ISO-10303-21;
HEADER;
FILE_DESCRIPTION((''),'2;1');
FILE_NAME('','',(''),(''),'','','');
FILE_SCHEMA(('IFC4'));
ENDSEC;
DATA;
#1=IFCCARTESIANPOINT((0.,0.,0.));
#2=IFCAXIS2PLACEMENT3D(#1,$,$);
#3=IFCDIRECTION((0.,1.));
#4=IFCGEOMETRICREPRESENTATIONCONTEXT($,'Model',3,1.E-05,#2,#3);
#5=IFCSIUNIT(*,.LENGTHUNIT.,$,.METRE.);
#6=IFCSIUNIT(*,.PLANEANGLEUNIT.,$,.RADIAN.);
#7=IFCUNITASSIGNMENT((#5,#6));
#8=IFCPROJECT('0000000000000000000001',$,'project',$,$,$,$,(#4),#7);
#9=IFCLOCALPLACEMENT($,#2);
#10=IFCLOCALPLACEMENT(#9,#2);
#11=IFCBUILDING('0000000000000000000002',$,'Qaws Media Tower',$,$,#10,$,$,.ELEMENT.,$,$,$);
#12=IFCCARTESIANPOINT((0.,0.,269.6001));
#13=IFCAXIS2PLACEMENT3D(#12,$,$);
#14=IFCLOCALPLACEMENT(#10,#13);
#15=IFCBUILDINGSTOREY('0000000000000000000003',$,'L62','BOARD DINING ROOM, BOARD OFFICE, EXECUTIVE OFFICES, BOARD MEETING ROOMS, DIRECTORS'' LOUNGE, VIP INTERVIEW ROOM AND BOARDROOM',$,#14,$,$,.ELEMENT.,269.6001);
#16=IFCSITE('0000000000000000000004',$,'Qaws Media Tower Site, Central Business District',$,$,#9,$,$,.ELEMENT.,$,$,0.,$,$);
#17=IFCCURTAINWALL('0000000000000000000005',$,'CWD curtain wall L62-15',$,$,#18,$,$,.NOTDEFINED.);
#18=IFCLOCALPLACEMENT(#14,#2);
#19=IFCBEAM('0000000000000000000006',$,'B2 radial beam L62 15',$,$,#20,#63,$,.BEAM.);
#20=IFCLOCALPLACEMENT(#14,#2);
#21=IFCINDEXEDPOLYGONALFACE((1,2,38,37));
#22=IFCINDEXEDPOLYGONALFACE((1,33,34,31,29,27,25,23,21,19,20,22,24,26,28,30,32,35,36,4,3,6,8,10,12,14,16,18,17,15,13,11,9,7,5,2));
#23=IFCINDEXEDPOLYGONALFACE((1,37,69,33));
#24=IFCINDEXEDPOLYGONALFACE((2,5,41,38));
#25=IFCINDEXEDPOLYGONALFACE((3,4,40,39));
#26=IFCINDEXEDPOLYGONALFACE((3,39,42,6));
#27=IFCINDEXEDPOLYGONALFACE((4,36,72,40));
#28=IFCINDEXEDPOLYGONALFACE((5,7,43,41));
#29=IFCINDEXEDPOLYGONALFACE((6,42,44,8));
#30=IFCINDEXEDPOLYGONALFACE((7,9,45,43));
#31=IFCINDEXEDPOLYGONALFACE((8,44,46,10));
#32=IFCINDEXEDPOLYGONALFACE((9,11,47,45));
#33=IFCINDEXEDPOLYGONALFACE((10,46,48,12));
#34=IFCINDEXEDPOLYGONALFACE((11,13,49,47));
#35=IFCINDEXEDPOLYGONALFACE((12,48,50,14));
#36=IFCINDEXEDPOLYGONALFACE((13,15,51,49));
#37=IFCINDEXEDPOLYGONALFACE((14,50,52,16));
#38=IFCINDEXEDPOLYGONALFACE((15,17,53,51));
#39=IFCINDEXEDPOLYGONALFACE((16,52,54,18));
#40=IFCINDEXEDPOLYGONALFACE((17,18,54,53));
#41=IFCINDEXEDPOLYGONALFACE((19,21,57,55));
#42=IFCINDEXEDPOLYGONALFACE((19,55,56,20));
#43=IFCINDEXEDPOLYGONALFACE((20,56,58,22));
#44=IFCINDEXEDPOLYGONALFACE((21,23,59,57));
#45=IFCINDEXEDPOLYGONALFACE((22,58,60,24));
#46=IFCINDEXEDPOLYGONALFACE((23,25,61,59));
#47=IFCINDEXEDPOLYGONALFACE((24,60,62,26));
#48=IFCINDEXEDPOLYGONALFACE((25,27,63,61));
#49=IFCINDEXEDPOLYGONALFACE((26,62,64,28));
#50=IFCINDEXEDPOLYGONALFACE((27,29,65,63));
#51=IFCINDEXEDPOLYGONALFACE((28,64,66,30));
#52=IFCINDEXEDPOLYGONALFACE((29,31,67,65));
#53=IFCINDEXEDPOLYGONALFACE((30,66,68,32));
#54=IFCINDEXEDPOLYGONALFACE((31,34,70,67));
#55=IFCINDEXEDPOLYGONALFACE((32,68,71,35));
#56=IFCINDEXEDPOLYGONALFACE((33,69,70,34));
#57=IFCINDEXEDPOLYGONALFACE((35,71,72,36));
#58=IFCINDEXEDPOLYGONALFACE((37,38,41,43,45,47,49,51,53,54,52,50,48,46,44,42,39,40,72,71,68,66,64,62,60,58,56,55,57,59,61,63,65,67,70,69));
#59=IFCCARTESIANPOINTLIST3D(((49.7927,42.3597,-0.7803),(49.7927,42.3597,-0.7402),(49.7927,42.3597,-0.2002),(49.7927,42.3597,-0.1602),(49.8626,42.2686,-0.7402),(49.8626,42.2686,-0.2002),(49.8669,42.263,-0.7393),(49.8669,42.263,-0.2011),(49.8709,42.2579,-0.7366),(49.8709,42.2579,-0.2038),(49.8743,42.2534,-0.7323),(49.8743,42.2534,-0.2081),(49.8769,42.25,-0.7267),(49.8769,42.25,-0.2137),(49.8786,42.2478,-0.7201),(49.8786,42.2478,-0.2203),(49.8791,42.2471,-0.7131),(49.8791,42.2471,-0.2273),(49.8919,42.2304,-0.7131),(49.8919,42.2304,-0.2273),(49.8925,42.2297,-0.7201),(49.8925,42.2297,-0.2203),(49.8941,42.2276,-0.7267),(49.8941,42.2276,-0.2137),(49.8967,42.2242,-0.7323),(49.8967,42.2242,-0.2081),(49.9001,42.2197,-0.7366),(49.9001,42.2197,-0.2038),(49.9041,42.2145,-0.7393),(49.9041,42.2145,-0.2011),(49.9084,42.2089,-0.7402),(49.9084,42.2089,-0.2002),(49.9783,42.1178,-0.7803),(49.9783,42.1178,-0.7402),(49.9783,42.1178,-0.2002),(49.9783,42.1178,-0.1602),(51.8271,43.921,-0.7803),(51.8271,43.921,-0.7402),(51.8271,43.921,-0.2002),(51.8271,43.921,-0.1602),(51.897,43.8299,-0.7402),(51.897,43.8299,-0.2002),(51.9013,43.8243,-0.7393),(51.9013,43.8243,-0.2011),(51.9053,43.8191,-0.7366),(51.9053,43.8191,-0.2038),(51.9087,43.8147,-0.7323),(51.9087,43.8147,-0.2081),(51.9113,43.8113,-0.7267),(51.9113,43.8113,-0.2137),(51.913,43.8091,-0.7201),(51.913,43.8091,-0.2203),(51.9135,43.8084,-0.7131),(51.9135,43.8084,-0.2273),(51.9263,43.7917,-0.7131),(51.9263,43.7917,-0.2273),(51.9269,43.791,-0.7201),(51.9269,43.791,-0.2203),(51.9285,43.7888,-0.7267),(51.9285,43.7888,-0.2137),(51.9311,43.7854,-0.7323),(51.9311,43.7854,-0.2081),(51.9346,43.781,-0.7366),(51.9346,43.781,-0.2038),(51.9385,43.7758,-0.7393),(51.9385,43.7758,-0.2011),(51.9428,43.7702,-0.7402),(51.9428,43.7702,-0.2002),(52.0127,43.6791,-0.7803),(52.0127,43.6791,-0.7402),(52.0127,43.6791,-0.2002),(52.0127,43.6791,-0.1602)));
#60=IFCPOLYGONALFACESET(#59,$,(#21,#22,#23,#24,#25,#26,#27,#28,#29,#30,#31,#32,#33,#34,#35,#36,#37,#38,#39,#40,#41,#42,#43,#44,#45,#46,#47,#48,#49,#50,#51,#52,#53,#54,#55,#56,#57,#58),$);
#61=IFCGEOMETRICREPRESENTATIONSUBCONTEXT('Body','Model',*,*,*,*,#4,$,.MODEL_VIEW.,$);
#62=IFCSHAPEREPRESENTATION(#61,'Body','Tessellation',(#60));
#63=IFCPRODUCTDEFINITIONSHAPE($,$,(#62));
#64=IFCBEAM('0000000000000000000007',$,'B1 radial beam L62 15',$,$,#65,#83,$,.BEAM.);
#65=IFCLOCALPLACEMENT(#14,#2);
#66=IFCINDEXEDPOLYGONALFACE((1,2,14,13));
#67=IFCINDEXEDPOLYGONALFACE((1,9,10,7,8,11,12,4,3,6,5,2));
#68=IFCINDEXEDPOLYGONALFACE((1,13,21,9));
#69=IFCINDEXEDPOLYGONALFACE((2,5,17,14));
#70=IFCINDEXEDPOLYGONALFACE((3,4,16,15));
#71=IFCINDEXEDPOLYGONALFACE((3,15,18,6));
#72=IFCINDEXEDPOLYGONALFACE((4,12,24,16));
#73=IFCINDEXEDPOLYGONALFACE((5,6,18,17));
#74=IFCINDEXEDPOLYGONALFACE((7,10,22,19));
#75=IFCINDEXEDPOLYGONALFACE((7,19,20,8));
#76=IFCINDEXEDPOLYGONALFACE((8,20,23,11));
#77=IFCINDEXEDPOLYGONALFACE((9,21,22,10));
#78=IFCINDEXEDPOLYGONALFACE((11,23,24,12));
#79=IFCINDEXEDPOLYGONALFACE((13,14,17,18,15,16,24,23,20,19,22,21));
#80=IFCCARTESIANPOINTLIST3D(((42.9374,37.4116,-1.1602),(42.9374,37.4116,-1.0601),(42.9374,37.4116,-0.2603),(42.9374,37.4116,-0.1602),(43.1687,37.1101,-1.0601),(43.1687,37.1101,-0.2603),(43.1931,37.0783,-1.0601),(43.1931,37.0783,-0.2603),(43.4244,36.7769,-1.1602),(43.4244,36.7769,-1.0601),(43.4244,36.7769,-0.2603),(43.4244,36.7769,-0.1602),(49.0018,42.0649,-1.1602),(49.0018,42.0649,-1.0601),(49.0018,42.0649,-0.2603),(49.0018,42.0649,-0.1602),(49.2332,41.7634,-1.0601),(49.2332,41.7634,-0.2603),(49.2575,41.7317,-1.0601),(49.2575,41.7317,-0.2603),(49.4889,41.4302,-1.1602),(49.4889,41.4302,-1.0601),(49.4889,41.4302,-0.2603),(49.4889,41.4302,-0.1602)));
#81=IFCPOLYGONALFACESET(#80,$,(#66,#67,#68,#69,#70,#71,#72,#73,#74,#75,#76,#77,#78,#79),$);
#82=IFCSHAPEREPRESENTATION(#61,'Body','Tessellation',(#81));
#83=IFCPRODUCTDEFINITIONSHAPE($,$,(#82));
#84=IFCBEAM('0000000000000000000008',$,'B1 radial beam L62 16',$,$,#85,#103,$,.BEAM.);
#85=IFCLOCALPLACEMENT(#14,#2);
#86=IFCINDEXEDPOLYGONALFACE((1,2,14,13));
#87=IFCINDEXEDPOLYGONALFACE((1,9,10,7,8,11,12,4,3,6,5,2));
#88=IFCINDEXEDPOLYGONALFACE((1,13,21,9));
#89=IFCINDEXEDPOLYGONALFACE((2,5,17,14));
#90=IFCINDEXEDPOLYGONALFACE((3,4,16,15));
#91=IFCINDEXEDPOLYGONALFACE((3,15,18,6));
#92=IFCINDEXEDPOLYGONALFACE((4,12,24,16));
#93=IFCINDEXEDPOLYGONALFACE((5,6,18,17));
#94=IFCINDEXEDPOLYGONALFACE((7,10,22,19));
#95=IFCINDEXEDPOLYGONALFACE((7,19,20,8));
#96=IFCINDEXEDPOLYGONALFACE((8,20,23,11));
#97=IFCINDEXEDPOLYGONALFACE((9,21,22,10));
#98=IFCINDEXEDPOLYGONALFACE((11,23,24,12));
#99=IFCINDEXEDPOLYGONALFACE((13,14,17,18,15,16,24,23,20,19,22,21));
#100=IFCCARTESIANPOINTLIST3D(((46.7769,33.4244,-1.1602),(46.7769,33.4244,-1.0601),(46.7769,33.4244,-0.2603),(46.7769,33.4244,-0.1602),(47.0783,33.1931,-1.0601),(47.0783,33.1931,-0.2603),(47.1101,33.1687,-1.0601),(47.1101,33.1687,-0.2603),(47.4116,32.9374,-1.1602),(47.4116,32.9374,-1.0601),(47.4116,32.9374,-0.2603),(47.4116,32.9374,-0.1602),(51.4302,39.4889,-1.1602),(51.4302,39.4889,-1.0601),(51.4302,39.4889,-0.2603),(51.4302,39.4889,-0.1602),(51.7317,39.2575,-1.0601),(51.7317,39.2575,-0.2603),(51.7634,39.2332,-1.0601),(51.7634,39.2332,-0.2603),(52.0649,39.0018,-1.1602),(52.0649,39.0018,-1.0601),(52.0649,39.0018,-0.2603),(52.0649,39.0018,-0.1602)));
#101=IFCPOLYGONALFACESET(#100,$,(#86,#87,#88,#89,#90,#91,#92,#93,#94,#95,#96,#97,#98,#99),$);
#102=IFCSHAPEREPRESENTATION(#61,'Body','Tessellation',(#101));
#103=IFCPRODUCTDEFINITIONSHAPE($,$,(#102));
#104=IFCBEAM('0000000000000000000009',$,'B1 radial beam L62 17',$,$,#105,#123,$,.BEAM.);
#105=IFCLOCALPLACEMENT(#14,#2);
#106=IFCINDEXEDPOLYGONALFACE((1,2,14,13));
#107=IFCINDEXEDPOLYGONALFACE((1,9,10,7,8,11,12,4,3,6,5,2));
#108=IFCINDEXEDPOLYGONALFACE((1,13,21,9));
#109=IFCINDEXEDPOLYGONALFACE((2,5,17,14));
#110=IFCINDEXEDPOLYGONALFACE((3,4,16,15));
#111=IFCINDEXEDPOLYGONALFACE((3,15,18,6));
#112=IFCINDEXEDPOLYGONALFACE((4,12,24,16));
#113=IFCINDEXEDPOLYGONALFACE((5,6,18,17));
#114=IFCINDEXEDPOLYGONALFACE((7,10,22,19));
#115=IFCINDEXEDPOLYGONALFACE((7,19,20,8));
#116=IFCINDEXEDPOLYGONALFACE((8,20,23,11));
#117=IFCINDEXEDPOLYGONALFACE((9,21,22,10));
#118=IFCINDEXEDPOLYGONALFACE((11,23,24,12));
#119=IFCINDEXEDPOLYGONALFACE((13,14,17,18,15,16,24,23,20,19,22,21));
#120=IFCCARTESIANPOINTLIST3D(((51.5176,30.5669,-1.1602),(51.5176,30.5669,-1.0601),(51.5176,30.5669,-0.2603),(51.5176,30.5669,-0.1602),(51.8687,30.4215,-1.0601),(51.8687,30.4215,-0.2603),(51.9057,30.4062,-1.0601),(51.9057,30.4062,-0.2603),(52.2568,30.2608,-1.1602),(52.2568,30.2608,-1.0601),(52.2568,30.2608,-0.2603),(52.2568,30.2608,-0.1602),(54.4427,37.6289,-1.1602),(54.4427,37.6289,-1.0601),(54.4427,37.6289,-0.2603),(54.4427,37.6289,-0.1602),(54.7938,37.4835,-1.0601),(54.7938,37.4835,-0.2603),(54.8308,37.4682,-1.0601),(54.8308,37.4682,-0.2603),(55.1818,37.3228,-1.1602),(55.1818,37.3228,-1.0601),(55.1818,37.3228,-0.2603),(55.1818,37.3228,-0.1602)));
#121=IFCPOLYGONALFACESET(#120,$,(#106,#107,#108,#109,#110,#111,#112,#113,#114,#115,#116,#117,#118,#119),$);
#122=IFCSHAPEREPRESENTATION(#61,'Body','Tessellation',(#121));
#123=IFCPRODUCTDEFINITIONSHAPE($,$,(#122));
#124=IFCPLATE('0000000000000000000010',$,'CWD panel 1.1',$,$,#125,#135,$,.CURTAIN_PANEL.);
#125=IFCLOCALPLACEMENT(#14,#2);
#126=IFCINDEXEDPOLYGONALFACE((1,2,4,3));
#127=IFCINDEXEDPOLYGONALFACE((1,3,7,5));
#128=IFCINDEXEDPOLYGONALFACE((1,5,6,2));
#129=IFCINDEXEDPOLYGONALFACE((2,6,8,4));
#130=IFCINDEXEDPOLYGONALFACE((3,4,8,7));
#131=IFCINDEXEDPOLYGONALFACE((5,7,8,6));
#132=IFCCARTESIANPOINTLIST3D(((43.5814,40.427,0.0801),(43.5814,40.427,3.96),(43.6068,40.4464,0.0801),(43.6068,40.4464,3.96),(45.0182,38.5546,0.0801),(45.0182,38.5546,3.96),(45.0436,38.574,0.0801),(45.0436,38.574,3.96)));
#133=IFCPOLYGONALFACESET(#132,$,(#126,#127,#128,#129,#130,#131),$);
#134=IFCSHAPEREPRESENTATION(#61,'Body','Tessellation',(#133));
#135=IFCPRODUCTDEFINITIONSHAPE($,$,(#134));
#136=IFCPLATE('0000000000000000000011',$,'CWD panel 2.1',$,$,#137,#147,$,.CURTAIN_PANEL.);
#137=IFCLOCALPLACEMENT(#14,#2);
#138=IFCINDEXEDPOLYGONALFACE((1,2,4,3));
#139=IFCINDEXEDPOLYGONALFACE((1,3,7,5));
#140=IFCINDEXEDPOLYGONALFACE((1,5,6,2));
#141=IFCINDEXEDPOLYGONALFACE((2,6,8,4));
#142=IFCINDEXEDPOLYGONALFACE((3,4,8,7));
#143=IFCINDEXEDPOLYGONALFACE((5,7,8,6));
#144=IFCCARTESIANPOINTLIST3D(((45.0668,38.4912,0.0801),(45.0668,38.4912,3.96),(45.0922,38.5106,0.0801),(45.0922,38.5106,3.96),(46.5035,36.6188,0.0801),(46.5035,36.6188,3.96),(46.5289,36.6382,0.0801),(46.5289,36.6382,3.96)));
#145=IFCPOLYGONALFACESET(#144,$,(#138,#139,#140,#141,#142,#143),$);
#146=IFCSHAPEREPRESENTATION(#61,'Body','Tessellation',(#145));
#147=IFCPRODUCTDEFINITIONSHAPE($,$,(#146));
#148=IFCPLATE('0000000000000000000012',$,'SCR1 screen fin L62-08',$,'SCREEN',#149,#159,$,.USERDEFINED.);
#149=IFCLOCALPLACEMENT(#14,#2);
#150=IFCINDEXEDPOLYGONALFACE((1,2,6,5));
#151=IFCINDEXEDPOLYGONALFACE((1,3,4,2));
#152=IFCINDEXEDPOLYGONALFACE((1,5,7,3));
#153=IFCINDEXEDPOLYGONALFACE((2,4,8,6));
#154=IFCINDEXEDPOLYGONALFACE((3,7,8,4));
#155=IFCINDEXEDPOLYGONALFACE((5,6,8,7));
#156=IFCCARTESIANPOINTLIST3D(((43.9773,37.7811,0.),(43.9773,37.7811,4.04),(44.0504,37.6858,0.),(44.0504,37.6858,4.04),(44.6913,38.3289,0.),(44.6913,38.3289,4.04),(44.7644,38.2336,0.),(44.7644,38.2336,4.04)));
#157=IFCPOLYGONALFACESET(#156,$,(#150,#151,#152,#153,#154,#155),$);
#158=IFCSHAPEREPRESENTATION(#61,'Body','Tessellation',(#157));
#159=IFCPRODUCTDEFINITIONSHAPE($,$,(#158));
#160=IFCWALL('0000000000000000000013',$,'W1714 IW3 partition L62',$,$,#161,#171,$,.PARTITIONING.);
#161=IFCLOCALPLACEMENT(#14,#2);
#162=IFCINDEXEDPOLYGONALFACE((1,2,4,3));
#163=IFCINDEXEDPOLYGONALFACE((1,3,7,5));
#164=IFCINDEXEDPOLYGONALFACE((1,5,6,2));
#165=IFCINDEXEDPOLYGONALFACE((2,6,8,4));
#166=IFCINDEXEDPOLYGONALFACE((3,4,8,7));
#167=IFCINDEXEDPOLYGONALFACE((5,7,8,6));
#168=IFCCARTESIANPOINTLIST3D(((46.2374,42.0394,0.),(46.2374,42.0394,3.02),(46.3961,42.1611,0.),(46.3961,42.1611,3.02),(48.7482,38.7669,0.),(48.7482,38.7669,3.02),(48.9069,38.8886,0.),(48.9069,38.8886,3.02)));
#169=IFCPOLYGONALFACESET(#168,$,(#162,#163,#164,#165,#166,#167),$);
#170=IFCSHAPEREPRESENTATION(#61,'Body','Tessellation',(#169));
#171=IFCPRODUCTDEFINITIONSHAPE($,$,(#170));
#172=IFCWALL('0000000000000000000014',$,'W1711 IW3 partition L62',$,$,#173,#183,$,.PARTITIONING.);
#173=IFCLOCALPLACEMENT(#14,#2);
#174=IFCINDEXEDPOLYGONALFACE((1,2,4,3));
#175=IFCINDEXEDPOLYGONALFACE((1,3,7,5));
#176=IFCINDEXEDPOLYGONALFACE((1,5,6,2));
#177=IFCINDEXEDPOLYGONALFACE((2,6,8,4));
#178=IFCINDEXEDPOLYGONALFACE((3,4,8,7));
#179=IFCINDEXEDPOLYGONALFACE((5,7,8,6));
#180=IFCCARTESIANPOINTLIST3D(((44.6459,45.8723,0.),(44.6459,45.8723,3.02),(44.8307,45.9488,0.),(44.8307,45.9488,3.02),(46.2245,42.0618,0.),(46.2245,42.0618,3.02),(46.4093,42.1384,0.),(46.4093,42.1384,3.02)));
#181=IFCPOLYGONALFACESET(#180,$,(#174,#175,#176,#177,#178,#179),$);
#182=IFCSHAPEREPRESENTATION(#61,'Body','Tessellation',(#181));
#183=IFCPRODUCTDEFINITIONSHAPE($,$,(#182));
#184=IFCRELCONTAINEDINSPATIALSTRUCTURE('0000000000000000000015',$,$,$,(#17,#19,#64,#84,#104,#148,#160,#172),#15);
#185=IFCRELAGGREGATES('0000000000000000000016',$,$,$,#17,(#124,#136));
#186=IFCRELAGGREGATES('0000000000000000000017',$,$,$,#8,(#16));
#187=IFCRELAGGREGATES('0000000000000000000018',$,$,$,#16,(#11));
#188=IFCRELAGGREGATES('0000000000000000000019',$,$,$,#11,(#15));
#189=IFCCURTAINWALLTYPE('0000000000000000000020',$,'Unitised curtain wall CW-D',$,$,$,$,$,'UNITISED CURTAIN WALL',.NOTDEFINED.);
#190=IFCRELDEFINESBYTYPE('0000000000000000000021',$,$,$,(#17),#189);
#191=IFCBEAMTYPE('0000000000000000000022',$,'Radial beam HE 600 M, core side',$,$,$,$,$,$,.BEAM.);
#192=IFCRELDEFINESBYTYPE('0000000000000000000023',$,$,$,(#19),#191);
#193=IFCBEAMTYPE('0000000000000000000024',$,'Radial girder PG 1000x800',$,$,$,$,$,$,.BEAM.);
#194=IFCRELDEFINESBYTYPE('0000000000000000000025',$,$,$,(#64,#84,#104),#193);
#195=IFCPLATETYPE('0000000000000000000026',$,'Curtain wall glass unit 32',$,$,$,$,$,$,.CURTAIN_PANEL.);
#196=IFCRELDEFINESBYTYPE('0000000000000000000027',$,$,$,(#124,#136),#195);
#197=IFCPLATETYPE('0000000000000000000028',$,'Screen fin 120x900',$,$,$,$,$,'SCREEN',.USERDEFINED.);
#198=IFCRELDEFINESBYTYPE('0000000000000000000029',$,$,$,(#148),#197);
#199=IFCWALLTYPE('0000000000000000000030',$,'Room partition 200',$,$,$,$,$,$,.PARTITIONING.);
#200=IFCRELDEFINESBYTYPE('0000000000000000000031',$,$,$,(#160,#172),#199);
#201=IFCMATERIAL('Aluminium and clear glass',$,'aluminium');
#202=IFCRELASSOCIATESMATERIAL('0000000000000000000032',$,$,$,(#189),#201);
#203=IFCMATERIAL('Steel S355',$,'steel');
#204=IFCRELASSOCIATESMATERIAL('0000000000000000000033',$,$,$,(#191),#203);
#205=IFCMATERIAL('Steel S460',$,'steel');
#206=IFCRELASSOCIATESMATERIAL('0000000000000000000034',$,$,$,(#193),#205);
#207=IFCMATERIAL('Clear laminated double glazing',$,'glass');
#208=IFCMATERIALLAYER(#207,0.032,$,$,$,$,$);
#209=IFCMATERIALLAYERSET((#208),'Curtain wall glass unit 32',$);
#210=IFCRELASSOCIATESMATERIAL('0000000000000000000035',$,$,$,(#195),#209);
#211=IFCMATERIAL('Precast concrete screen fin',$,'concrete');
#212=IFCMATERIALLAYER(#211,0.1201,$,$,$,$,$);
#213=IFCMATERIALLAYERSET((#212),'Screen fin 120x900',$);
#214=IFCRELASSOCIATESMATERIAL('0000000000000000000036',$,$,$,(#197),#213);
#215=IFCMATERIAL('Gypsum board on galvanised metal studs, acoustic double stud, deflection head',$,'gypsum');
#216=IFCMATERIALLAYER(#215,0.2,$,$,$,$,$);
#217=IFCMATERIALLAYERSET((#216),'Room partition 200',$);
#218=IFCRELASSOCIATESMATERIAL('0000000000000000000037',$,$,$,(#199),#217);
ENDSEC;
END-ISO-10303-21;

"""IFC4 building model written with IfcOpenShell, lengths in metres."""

from ifc_helpers import new_model, si_unit, direction, frame, frame_2d, origin, origin_2d, place, context, subcontext, project, spatial, rectangle, i_section, extrude, material, layer, layer_set, material_profile, profile_set, type_object, element, aggregate, save


model = new_model("IFC4")

# Units and contexts
model_context = context("Model", 3, precision=1e-05, world=origin(), true_north=direction((0.0, 1.0)))
body_context = subcontext(model_context, "Body", "Model", "MODEL_VIEW")
ifc_project = project(units=[si_unit("LENGTHUNIT", "METRE"), si_unit("PLANEANGLEUNIT", "RADIAN")], contexts=[model_context])

# Site, building, storey
site_placement = place(None, origin())
site = spatial("IfcSite", under=ifc_project, at=site_placement, Name="Qaws Media Tower Site, Central Business District", CompositionType="ELEMENT", RefElevation=0.0)
building_placement = place(site_placement, origin())
building = spatial("IfcBuilding", under=site, at=building_placement, Name="Qaws Media Tower", CompositionType="ELEMENT")
storey_placement = place(building_placement, frame((0.0, 0.0, 269.6001)))
storey = spatial("IfcBuildingStorey", under=building, at=storey_placement, Name="L62", Description="BOARD DINING ROOM, BOARD OFFICE, EXECUTIVE OFFICES, BOARD MEETING ROOMS, DIRECTORS' LOUNGE, VIP INTERVIEW ROOM AND BOARDROOM", CompositionType="ELEMENT", Elevation=269.6001)

# Shared definitions
ifc_material_1 = material(Name="Aluminium and clear glass", Category="aluminium")
curtain_wall_type = type_object("IfcCurtainWallType", Name="Unitised curtain wall CW-D", ElementType="UNITISED CURTAIN WALL", PredefinedType="NOTDEFINED", material=ifc_material_1)

# Curtain wall
curtain_wall_1_placement = place(storey_placement, origin())
curtain_wall_1 = element("IfcCurtainWall", 1, at=curtain_wall_1_placement, inside=storey, type_object=curtain_wall_type, Name="CWD curtain wall L62-15", PredefinedType="NOTDEFINED")

# Beams
ifc_material_2 = material(Name="Steel S355", Category="steel")
ifc_material_profile_1 = material_profile(ifc_material_2, i_section(OverallWidth=0.3049, OverallDepth=0.6201, WebThickness=0.021, FlangeThickness=0.04, FilletRadius=0.0271, at=origin_2d()), Name="HE 600 M")
ifc_profile_set_1 = profile_set([ifc_material_profile_1], Name="Steel S355")
beam_type_1 = type_object("IfcBeamType", Name="Radial beam HE 600 M, core side", PredefinedType="BEAM", material=ifc_profile_set_1)
beam_1_placement = place(storey_placement, frame((51.9199, 43.8, -0.4702), z_axis=(-0.793314, -0.608813, 0.0), x_axis=(0.608813, -0.793314, 0.0)))
element("IfcBeam", 2, at=beam_1_placement, inside=storey, type_object=beam_type_1, Name="B2 radial beam L62 15", PredefinedType="BEAM", context=body_context, shape_type="SweptSolid", body=[
    extrude(i_section(OverallWidth=0.3049, OverallDepth=0.6201, WebThickness=0.021, FlangeThickness=0.04, FilletRadius=0.0271, at=origin_2d()), origin(), (0.0, 0.0, 1.0), 2.5645),
])
ifc_material_3 = material(Name="Steel S460", Category="steel")
ifc_material_profile_2 = material_profile(ifc_material_3, i_section(OverallWidth=0.8, OverallDepth=1.0, WebThickness=0.04, FlangeThickness=0.1001, at=origin_2d()), Name="PG 1000x800")
ifc_profile_set_2 = profile_set([ifc_material_profile_2], Name="Steel S460")
beam_type_2 = type_object("IfcBeamType", Name="Radial girder PG 1000x800", PredefinedType="BEAM", material=ifc_profile_set_2)
for number, where, z_axis, x_axis, name in (
    (3, (49.2454, 41.7476, -0.6602), (-0.79336, -0.608753, 0.0), (0.608753, -0.79336, 0.0), "B1 radial beam L62 15"),
    (4, (51.7476, 39.2454, -0.6602), (-0.608753, -0.79336, 0.0), (0.79336, -0.608753, 0.0), "B1 radial beam L62 16"),
):
    element("IfcBeam", number, at=place(storey_placement, frame(where, z_axis=z_axis, x_axis=x_axis)), inside=storey, type_object=beam_type_2, Name=name, PredefinedType="BEAM", context=body_context, shape_type="SweptSolid", body=[
        extrude(i_section(OverallWidth=0.8, OverallDepth=1.0, WebThickness=0.04, FlangeThickness=0.1001, at=origin_2d()), origin(), (0.0, 0.0, 1.0), 7.644),
    ])
beam_2_placement = place(storey_placement, frame((54.8123, 37.4758, -0.6602), z_axis=(-0.382669, -0.923886, 0.0), x_axis=(0.923886, -0.382669, 0.0)))
element("IfcBeam", 5, at=beam_2_placement, inside=storey, type_object=beam_type_2, Name="B1 radial beam L62 17", PredefinedType="BEAM", context=body_context, shape_type="SweptSolid", body=[
    extrude(i_section(OverallWidth=0.8, OverallDepth=1.0, WebThickness=0.04, FlangeThickness=0.1001, at=origin_2d()), origin(), (0.0, 0.0, 1.0), 7.6438),
])

# Plates
ifc_material_4 = material(Name="Clear laminated double glazing", Category="glass")
ifc_layer_1 = layer(ifc_material_4, 0.032)
ifc_layer_set_1 = layer_set([ifc_layer_1], Name="Curtain wall glass unit 32")
plate_type_1 = type_object("IfcPlateType", Name="Curtain wall glass unit 32", PredefinedType="CURTAIN_PANEL", material=ifc_layer_set_1)
plate_1_placement = place(storey_placement, frame((44.3125, 39.5005, 0.0801), z_axis=(0.0, 0.0, 1.0), x_axis=(0.608761, -0.793353, 0.0)))
plate_1 = element("IfcPlate", 6, at=plate_1_placement, type_object=plate_type_1, Name="CWD panel 1.1", PredefinedType="CURTAIN_PANEL", context=body_context, shape_type="SweptSolid", body=[
    extrude(rectangle(XDim=2.3601, YDim=0.032, at=origin_2d()), origin(), (0.0, 0.0, 1.0), 3.8799),
])
plate_2_placement = place(storey_placement, frame((45.7979, 37.5647, 0.0801), z_axis=(0.0, 0.0, 1.0), x_axis=(0.608761, -0.793353, 0.0)))
plate_2 = element("IfcPlate", 7, at=plate_2_placement, type_object=plate_type_1, Name="CWD panel 2.1", PredefinedType="CURTAIN_PANEL", context=body_context, shape_type="SweptSolid", body=[
    extrude(rectangle(XDim=2.3601, YDim=0.032, at=origin_2d()), origin(), (0.0, 0.0, 1.0), 3.8799),
])
aggregate(curtain_wall_1, [plate_1, plate_2])
ifc_material_5 = material(Name="Precast concrete screen fin", Category="concrete")
ifc_layer_2 = layer(ifc_material_5, 0.1201)
ifc_layer_set_2 = layer_set([ifc_layer_2], Name="Screen fin 120x900")
plate_type_2 = type_object("IfcPlateType", Name="Screen fin 120x900", ElementType="SCREEN", PredefinedType="USERDEFINED", material=ifc_layer_set_2)
plate_3_placement = place(storey_placement, frame((44.3708, 38.0073, 0.0), z_axis=(0.0, 0.0, 1.0), x_axis=(-0.793353, -0.608761, 0.0)))
element("IfcPlate", 8, at=plate_3_placement, inside=storey, type_object=plate_type_2, Name="SCR1 screen fin L62-08", ObjectType="SCREEN", PredefinedType="USERDEFINED", context=body_context, shape_type="SweptSolid", body=[
    extrude(rectangle(XDim=0.8999, YDim=0.1201, at=origin_2d()), origin(), (0.0, 0.0, 1.0), 4.04),
])

# Shared definitions
ifc_material_6 = material(Name="Gypsum board on galvanised metal studs, acoustic double stud, deflection head", Category="gypsum")
ifc_layer_3 = layer(ifc_material_6, 0.2)
ifc_layer_set_3 = layer_set([ifc_layer_3], Name="Room partition 200")
wall_type = type_object("IfcWallType", Name="Room partition 200", PredefinedType="PARTITIONING", material=ifc_layer_set_3)

# Walls
wall_1_placement = place(storey_placement, frame((48.8276, 38.8276, 0.0), z_axis=(0.0, 0.0, 1.0), x_axis=(-0.608715, 0.793389, 0.0)))
element("IfcWall", 9, at=wall_1_placement, inside=storey, type_object=wall_type, Name="W1714 IW3 partition L62", PredefinedType="PARTITIONING", context=body_context, shape_type="SweptSolid", body=[
    extrude(rectangle(XDim=4.1248, YDim=0.2, at=frame_2d((2.0625, 0.0))), origin(), (0.0, 0.0, 1.0), 3.02),
])
wall_2_placement = place(storey_placement, frame((46.3169, 42.1001, 0.0), z_axis=(0.0, 0.0, 1.0), x_axis=(-0.382732, 0.92386, 0.0)))
element("IfcWall", 10, at=wall_2_placement, inside=storey, type_object=wall_type, Name="W1711 IW3 partition L62", PredefinedType="PARTITIONING", context=body_context, shape_type="SweptSolid", body=[
    extrude(rectangle(XDim=4.1245, YDim=0.2, at=frame_2d((2.0623, 0.0))), origin(), (0.0, 0.0, 1.0), 3.02),
])

save(model, "model.ifc")
